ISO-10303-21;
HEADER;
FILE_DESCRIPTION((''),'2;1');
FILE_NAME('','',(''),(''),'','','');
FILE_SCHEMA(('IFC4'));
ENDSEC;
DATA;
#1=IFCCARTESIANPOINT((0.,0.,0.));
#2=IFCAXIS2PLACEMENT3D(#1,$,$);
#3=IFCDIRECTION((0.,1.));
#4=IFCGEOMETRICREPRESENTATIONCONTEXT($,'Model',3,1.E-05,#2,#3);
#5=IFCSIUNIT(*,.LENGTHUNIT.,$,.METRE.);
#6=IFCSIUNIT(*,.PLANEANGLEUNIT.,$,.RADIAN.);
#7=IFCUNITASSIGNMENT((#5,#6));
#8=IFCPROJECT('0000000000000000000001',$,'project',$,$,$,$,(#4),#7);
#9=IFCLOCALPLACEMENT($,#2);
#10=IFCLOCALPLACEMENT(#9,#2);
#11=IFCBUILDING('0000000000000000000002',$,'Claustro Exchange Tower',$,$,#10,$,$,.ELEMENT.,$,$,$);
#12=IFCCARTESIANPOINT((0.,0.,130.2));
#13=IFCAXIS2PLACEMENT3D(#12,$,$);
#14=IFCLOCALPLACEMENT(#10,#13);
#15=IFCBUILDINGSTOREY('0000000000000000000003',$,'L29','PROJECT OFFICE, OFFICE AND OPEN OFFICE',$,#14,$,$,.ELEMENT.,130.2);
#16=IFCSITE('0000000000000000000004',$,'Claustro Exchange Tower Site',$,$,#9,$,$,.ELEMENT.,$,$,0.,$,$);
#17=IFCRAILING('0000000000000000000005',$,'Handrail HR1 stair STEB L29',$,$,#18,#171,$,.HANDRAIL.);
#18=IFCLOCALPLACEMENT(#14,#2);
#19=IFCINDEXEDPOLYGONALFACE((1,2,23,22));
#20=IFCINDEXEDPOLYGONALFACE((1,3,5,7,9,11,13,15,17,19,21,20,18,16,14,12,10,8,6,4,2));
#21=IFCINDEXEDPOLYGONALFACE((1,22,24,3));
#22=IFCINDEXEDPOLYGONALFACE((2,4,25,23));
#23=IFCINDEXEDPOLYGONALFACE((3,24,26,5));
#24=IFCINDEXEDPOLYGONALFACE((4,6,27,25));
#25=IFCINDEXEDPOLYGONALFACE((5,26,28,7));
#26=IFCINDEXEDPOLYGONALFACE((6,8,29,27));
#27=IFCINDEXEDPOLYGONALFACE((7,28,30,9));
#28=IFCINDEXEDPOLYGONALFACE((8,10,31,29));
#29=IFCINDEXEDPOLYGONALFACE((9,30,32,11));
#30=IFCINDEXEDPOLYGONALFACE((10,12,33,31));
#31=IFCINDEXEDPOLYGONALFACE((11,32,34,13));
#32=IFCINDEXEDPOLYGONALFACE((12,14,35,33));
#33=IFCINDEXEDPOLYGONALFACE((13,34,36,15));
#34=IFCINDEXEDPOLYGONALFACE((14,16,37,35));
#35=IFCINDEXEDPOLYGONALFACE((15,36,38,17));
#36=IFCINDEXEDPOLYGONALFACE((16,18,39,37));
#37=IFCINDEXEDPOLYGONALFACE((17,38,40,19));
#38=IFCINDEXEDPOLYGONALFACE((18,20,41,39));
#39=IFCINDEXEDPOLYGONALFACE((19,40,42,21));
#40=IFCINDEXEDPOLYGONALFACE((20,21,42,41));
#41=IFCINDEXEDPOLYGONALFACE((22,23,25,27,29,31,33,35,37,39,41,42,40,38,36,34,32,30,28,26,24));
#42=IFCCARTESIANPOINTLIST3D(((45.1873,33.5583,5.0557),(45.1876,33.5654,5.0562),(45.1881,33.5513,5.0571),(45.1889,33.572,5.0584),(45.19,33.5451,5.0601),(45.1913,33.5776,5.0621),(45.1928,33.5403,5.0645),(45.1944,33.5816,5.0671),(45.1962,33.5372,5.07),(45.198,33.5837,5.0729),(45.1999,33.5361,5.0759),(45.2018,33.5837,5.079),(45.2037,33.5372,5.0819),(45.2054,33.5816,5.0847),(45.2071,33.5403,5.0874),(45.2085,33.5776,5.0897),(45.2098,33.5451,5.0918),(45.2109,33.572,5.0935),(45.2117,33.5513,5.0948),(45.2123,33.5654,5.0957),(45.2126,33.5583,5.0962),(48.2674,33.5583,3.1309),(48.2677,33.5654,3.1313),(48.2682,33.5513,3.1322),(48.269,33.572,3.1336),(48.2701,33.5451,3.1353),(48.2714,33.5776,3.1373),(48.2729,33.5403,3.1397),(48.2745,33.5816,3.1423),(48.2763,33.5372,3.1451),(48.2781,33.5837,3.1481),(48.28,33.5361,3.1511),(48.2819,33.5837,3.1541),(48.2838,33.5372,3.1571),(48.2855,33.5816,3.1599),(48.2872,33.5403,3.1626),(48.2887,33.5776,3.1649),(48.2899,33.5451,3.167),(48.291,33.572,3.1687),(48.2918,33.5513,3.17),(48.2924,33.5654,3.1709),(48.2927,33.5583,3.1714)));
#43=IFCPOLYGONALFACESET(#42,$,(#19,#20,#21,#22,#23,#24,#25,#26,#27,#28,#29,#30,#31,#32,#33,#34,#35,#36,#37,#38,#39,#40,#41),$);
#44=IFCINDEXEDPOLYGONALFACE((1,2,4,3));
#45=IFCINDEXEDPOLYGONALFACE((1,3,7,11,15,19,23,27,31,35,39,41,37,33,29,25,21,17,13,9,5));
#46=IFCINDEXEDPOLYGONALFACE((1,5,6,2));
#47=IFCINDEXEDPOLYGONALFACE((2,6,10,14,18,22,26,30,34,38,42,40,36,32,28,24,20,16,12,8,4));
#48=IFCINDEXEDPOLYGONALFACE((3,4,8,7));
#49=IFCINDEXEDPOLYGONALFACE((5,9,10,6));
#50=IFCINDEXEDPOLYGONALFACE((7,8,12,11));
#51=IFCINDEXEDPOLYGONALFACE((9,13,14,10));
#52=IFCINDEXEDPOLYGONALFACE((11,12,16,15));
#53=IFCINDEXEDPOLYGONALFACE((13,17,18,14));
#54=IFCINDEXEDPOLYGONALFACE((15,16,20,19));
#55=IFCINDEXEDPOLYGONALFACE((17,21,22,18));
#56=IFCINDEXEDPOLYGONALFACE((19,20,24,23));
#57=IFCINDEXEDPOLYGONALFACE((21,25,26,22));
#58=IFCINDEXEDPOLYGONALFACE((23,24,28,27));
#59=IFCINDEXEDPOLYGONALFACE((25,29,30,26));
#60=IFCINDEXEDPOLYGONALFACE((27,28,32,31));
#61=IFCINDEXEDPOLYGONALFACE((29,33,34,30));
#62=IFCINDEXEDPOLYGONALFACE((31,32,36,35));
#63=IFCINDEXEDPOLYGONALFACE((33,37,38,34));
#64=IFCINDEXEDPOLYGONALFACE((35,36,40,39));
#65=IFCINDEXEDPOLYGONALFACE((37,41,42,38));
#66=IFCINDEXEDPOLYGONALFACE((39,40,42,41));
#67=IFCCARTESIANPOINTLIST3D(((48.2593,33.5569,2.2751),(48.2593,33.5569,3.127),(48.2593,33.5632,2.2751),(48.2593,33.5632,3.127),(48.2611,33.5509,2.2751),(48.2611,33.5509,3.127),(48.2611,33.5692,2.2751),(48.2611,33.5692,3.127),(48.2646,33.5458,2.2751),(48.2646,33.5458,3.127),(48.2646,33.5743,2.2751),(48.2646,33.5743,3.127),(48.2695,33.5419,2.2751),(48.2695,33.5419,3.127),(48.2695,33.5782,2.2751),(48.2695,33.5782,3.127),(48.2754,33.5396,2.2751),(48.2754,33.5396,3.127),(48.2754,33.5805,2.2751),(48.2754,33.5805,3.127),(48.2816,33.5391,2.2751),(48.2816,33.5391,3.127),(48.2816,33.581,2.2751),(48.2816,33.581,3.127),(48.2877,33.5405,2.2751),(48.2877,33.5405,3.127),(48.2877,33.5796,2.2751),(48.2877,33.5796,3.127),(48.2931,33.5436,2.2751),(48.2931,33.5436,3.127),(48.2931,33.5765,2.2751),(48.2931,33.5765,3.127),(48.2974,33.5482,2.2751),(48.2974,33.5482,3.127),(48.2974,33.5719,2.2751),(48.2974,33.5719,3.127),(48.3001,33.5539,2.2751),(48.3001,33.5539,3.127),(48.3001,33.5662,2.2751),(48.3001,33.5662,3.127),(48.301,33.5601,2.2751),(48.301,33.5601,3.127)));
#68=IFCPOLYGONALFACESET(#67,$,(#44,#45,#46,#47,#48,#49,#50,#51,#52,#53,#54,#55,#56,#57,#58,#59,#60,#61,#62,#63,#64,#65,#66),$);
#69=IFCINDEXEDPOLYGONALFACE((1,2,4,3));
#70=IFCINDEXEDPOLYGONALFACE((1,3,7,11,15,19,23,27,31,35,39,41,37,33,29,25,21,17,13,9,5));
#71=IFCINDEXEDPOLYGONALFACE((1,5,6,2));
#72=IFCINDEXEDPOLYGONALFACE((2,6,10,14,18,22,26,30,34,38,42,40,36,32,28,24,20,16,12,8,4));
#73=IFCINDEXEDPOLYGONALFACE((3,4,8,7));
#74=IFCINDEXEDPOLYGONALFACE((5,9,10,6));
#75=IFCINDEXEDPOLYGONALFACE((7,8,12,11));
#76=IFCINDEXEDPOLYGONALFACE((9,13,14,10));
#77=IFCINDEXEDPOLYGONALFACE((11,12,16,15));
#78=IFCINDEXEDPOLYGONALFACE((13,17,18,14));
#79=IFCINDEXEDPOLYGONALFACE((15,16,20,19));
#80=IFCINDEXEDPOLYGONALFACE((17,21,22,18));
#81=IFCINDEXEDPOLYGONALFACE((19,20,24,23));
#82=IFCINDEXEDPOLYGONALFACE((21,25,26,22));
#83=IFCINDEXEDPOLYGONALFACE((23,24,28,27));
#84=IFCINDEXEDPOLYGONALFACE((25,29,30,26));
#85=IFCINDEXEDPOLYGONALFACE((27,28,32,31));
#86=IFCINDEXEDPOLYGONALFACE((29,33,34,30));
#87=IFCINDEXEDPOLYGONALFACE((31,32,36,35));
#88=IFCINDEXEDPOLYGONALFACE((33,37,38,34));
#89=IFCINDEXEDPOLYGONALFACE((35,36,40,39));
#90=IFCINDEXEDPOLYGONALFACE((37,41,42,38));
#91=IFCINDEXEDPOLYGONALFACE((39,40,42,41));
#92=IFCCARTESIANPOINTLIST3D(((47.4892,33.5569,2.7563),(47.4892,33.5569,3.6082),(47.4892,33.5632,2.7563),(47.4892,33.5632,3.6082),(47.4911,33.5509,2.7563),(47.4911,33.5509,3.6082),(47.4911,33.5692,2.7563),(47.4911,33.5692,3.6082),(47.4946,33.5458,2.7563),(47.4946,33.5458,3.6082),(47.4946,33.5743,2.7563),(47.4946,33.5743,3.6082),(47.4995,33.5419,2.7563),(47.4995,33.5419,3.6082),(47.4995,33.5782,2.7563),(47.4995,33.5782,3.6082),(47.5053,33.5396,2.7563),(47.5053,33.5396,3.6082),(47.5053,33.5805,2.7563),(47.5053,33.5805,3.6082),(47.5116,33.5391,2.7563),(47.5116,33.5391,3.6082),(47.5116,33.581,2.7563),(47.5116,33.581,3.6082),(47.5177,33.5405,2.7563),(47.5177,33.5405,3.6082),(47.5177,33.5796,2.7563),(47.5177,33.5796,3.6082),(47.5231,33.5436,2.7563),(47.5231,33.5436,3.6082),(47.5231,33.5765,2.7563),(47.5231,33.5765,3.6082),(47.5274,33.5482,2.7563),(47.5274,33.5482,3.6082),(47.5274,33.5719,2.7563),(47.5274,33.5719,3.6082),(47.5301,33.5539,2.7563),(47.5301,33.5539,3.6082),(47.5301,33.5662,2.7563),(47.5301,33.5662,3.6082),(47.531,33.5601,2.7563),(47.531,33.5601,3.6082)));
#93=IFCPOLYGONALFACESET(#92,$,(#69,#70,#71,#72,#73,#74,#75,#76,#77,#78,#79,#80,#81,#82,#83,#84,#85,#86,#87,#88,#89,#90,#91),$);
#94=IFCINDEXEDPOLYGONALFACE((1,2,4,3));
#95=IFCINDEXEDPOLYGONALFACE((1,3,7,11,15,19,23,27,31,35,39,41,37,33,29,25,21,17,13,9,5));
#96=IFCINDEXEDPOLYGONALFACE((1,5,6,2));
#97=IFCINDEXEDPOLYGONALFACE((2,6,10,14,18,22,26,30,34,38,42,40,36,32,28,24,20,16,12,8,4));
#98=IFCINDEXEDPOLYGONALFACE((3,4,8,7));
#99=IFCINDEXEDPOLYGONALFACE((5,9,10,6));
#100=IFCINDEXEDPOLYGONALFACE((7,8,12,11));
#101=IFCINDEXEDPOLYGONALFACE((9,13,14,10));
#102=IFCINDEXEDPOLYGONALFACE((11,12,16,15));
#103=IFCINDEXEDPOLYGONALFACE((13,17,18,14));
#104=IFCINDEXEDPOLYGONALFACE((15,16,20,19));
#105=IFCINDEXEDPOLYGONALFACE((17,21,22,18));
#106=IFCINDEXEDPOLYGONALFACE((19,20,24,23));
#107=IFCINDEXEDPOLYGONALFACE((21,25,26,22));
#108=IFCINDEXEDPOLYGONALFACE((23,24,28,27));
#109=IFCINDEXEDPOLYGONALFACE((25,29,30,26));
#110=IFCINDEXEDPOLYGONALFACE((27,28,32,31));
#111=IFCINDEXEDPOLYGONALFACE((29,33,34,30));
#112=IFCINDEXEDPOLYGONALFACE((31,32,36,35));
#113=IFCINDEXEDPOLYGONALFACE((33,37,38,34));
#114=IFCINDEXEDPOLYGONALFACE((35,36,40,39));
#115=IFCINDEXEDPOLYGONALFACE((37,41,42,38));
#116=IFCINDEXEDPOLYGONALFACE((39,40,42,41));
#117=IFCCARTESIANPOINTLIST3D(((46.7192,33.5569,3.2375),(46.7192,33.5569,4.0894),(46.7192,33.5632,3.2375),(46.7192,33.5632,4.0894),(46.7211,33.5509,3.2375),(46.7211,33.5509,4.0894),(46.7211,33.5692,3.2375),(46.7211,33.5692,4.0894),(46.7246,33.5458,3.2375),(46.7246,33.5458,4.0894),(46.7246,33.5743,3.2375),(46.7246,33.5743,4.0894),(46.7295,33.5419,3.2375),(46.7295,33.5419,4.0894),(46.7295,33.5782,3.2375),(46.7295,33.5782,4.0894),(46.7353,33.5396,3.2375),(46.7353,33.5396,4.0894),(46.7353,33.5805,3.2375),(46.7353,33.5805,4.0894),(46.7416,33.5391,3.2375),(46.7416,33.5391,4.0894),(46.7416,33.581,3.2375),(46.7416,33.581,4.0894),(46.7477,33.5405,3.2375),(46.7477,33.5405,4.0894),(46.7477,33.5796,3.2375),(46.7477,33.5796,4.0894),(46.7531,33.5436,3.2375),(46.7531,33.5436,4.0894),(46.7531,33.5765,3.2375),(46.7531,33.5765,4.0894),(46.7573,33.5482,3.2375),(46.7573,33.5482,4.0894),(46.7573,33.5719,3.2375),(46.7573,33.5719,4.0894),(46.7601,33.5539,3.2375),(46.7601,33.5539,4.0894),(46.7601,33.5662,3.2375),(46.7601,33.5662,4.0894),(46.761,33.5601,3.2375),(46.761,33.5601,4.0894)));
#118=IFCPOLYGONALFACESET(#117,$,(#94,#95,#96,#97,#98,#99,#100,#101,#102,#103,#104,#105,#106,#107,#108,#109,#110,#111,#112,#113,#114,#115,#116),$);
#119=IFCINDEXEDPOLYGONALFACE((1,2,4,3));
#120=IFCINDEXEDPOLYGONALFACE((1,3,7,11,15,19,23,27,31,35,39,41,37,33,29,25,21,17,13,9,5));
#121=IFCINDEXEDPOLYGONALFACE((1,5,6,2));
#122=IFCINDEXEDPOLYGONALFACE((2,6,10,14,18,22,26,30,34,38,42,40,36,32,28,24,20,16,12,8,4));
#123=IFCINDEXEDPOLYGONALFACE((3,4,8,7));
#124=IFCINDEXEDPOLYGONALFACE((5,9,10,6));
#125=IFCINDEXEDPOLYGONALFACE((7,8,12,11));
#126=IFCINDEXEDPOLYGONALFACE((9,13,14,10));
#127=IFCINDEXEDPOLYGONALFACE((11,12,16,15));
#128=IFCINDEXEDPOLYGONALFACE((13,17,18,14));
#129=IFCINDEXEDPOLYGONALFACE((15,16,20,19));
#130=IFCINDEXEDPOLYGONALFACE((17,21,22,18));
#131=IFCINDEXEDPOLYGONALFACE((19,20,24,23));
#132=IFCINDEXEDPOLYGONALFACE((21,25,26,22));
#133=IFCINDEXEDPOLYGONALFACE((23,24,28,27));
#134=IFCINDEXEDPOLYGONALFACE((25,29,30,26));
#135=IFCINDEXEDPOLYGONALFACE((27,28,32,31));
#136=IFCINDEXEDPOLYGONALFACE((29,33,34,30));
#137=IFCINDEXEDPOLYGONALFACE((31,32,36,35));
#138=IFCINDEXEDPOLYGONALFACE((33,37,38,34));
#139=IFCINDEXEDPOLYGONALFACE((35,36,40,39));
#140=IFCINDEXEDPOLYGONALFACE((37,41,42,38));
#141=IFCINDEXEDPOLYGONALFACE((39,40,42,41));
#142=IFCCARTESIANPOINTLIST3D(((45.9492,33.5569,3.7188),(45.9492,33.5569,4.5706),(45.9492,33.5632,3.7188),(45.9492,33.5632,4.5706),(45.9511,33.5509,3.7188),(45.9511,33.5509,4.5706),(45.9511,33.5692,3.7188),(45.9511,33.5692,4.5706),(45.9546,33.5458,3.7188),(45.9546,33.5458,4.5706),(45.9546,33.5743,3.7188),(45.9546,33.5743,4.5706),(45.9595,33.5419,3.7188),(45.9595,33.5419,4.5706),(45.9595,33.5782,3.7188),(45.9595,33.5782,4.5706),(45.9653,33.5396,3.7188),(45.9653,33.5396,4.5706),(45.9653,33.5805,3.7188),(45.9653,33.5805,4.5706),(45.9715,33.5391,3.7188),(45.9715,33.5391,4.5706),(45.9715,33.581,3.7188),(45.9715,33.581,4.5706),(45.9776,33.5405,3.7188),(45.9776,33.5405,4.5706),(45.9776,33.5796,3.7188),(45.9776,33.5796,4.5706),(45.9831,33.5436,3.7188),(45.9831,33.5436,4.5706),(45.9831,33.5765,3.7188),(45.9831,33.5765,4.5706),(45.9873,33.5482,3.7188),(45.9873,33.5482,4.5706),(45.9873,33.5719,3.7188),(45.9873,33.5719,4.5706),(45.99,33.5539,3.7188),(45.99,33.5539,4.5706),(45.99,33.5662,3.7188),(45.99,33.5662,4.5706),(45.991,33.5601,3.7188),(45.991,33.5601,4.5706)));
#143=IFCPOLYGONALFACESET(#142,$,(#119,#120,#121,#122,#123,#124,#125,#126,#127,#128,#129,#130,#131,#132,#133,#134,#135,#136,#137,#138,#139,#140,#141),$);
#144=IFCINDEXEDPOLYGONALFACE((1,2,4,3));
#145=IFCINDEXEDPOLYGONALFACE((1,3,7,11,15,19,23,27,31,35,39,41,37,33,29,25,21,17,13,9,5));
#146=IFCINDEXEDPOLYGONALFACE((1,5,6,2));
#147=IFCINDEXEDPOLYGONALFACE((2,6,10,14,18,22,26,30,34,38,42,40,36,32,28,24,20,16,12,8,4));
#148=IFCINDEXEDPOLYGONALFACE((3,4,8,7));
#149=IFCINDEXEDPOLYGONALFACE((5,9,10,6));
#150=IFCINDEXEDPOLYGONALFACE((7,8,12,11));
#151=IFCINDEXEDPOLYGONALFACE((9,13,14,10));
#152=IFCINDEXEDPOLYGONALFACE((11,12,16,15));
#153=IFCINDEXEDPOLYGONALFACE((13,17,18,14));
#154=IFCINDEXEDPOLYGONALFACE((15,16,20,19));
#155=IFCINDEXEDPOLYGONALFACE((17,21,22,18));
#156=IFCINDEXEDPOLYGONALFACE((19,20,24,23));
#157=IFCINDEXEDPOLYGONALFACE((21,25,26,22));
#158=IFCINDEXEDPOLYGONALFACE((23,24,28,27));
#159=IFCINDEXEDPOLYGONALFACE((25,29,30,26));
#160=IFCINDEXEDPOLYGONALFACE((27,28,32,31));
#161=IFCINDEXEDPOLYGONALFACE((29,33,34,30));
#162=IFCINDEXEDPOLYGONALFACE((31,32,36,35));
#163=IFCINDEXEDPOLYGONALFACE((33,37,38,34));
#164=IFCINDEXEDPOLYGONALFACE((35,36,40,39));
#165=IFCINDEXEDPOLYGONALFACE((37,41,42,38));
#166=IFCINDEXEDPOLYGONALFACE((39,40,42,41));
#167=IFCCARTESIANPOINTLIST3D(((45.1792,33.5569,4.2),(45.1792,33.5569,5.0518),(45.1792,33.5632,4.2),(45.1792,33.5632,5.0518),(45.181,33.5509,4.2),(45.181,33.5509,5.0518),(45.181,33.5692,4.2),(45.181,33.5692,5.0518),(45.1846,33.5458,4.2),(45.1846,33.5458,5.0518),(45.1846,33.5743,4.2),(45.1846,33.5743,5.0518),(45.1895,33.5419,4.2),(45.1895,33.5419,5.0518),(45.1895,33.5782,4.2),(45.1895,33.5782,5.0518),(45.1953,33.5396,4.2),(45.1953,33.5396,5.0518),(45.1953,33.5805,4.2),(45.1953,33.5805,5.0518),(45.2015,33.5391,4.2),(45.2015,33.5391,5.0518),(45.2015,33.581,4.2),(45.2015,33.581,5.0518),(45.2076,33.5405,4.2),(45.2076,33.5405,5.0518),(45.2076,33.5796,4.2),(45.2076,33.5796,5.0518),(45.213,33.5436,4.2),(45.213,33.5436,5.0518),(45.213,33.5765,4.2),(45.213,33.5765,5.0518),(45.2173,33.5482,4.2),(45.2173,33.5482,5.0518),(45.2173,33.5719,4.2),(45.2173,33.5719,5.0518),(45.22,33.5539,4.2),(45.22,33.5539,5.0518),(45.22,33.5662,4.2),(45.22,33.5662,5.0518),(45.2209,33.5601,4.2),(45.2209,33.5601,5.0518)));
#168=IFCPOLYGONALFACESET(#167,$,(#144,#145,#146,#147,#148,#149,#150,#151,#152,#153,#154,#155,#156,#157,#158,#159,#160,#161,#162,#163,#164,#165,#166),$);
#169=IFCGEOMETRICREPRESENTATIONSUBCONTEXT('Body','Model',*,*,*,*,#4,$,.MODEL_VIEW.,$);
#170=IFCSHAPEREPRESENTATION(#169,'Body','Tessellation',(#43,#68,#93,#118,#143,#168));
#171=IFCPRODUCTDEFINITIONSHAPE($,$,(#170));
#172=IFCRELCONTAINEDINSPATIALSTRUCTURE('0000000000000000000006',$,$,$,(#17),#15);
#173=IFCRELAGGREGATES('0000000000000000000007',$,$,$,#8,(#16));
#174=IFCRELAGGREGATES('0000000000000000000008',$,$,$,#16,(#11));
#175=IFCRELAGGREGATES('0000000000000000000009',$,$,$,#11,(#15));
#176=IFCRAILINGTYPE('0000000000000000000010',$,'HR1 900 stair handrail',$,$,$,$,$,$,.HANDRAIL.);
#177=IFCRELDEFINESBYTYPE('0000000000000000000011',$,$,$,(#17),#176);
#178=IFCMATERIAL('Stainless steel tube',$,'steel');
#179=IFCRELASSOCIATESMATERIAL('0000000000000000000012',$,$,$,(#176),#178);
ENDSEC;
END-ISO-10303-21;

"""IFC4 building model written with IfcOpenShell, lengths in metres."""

from ifc_helpers import new_model, si_unit, direction, frame, origin, origin_2d, place, context, subcontext, project, spatial, circle, extrude, material, type_object, element, save


model = new_model("IFC4")

# Units and contexts
model_context = context("Model", 3, precision=1e-05, world=origin(), true_north=direction((0.0, 1.0)))
body_context = subcontext(model_context, "Body", "Model", "MODEL_VIEW")
ifc_project = project(units=[si_unit("LENGTHUNIT", "METRE"), si_unit("PLANEANGLEUNIT", "RADIAN")], contexts=[model_context])

# Site, building, storey
site_placement = place(None, origin())
site = spatial("IfcSite", under=ifc_project, at=site_placement, Name="Claustro Exchange Tower Site", CompositionType="ELEMENT", RefElevation=0.0)
building_placement = place(site_placement, origin())
building = spatial("IfcBuilding", under=site, at=building_placement, Name="Claustro Exchange Tower", CompositionType="ELEMENT")
storey_placement = place(building_placement, frame((0.0, 0.0, 130.2)))
storey = spatial("IfcBuildingStorey", under=building, at=storey_placement, Name="L29", Description="PROJECT OFFICE, OFFICE AND OPEN OFFICE", CompositionType="ELEMENT", Elevation=130.2)

# Railing
ifc_material_1 = material(Name="Stainless steel tube", Category="steel")
railing_type_1 = type_object("IfcRailingType", Name="HR1 900 stair handrail", PredefinedType="HANDRAIL", material=ifc_material_1)
railing_1_placement = place(storey_placement, frame((48.28, 33.5601, 2.2751)))
element("IfcRailing", 1, at=railing_1_placement, inside=storey, type_object=railing_type_1, Name="Handrail HR1 stair STEB L29", PredefinedType="HANDRAIL", context=body_context, shape_type="SweptSolid", body=[
    extrude(circle(Radius=0.0239, at=origin_2d()), frame((0.0, 0.0, 0.876), z_axis=(-0.848029, 0.0, 0.529951), x_axis=(0.0, -1.0, 0.0)), (0.0, 0.0, 1.0), 3.6321),
    extrude(circle(Radius=0.021, at=origin_2d()), origin(), (0.0, 0.0, 1.0), 0.8518),
    extrude(circle(Radius=0.021, at=origin_2d()), frame((-0.77, 0.0, 0.4812)), (0.0, 0.0, 1.0), 0.8518),
    extrude(circle(Radius=0.021, at=origin_2d()), frame((-1.54, 0.0, 0.9624)), (0.0, 0.0, 1.0), 0.8518),
    extrude(circle(Radius=0.021, at=origin_2d()), frame((-2.3101, 0.0, 1.4436)), (0.0, 0.0, 1.0), 0.8518),
    extrude(circle(Radius=0.021, at=origin_2d()), frame((-3.0801, 0.0, 1.9248)), (0.0, 0.0, 1.0), 0.8518),
])

save(model, "model.ifc")
